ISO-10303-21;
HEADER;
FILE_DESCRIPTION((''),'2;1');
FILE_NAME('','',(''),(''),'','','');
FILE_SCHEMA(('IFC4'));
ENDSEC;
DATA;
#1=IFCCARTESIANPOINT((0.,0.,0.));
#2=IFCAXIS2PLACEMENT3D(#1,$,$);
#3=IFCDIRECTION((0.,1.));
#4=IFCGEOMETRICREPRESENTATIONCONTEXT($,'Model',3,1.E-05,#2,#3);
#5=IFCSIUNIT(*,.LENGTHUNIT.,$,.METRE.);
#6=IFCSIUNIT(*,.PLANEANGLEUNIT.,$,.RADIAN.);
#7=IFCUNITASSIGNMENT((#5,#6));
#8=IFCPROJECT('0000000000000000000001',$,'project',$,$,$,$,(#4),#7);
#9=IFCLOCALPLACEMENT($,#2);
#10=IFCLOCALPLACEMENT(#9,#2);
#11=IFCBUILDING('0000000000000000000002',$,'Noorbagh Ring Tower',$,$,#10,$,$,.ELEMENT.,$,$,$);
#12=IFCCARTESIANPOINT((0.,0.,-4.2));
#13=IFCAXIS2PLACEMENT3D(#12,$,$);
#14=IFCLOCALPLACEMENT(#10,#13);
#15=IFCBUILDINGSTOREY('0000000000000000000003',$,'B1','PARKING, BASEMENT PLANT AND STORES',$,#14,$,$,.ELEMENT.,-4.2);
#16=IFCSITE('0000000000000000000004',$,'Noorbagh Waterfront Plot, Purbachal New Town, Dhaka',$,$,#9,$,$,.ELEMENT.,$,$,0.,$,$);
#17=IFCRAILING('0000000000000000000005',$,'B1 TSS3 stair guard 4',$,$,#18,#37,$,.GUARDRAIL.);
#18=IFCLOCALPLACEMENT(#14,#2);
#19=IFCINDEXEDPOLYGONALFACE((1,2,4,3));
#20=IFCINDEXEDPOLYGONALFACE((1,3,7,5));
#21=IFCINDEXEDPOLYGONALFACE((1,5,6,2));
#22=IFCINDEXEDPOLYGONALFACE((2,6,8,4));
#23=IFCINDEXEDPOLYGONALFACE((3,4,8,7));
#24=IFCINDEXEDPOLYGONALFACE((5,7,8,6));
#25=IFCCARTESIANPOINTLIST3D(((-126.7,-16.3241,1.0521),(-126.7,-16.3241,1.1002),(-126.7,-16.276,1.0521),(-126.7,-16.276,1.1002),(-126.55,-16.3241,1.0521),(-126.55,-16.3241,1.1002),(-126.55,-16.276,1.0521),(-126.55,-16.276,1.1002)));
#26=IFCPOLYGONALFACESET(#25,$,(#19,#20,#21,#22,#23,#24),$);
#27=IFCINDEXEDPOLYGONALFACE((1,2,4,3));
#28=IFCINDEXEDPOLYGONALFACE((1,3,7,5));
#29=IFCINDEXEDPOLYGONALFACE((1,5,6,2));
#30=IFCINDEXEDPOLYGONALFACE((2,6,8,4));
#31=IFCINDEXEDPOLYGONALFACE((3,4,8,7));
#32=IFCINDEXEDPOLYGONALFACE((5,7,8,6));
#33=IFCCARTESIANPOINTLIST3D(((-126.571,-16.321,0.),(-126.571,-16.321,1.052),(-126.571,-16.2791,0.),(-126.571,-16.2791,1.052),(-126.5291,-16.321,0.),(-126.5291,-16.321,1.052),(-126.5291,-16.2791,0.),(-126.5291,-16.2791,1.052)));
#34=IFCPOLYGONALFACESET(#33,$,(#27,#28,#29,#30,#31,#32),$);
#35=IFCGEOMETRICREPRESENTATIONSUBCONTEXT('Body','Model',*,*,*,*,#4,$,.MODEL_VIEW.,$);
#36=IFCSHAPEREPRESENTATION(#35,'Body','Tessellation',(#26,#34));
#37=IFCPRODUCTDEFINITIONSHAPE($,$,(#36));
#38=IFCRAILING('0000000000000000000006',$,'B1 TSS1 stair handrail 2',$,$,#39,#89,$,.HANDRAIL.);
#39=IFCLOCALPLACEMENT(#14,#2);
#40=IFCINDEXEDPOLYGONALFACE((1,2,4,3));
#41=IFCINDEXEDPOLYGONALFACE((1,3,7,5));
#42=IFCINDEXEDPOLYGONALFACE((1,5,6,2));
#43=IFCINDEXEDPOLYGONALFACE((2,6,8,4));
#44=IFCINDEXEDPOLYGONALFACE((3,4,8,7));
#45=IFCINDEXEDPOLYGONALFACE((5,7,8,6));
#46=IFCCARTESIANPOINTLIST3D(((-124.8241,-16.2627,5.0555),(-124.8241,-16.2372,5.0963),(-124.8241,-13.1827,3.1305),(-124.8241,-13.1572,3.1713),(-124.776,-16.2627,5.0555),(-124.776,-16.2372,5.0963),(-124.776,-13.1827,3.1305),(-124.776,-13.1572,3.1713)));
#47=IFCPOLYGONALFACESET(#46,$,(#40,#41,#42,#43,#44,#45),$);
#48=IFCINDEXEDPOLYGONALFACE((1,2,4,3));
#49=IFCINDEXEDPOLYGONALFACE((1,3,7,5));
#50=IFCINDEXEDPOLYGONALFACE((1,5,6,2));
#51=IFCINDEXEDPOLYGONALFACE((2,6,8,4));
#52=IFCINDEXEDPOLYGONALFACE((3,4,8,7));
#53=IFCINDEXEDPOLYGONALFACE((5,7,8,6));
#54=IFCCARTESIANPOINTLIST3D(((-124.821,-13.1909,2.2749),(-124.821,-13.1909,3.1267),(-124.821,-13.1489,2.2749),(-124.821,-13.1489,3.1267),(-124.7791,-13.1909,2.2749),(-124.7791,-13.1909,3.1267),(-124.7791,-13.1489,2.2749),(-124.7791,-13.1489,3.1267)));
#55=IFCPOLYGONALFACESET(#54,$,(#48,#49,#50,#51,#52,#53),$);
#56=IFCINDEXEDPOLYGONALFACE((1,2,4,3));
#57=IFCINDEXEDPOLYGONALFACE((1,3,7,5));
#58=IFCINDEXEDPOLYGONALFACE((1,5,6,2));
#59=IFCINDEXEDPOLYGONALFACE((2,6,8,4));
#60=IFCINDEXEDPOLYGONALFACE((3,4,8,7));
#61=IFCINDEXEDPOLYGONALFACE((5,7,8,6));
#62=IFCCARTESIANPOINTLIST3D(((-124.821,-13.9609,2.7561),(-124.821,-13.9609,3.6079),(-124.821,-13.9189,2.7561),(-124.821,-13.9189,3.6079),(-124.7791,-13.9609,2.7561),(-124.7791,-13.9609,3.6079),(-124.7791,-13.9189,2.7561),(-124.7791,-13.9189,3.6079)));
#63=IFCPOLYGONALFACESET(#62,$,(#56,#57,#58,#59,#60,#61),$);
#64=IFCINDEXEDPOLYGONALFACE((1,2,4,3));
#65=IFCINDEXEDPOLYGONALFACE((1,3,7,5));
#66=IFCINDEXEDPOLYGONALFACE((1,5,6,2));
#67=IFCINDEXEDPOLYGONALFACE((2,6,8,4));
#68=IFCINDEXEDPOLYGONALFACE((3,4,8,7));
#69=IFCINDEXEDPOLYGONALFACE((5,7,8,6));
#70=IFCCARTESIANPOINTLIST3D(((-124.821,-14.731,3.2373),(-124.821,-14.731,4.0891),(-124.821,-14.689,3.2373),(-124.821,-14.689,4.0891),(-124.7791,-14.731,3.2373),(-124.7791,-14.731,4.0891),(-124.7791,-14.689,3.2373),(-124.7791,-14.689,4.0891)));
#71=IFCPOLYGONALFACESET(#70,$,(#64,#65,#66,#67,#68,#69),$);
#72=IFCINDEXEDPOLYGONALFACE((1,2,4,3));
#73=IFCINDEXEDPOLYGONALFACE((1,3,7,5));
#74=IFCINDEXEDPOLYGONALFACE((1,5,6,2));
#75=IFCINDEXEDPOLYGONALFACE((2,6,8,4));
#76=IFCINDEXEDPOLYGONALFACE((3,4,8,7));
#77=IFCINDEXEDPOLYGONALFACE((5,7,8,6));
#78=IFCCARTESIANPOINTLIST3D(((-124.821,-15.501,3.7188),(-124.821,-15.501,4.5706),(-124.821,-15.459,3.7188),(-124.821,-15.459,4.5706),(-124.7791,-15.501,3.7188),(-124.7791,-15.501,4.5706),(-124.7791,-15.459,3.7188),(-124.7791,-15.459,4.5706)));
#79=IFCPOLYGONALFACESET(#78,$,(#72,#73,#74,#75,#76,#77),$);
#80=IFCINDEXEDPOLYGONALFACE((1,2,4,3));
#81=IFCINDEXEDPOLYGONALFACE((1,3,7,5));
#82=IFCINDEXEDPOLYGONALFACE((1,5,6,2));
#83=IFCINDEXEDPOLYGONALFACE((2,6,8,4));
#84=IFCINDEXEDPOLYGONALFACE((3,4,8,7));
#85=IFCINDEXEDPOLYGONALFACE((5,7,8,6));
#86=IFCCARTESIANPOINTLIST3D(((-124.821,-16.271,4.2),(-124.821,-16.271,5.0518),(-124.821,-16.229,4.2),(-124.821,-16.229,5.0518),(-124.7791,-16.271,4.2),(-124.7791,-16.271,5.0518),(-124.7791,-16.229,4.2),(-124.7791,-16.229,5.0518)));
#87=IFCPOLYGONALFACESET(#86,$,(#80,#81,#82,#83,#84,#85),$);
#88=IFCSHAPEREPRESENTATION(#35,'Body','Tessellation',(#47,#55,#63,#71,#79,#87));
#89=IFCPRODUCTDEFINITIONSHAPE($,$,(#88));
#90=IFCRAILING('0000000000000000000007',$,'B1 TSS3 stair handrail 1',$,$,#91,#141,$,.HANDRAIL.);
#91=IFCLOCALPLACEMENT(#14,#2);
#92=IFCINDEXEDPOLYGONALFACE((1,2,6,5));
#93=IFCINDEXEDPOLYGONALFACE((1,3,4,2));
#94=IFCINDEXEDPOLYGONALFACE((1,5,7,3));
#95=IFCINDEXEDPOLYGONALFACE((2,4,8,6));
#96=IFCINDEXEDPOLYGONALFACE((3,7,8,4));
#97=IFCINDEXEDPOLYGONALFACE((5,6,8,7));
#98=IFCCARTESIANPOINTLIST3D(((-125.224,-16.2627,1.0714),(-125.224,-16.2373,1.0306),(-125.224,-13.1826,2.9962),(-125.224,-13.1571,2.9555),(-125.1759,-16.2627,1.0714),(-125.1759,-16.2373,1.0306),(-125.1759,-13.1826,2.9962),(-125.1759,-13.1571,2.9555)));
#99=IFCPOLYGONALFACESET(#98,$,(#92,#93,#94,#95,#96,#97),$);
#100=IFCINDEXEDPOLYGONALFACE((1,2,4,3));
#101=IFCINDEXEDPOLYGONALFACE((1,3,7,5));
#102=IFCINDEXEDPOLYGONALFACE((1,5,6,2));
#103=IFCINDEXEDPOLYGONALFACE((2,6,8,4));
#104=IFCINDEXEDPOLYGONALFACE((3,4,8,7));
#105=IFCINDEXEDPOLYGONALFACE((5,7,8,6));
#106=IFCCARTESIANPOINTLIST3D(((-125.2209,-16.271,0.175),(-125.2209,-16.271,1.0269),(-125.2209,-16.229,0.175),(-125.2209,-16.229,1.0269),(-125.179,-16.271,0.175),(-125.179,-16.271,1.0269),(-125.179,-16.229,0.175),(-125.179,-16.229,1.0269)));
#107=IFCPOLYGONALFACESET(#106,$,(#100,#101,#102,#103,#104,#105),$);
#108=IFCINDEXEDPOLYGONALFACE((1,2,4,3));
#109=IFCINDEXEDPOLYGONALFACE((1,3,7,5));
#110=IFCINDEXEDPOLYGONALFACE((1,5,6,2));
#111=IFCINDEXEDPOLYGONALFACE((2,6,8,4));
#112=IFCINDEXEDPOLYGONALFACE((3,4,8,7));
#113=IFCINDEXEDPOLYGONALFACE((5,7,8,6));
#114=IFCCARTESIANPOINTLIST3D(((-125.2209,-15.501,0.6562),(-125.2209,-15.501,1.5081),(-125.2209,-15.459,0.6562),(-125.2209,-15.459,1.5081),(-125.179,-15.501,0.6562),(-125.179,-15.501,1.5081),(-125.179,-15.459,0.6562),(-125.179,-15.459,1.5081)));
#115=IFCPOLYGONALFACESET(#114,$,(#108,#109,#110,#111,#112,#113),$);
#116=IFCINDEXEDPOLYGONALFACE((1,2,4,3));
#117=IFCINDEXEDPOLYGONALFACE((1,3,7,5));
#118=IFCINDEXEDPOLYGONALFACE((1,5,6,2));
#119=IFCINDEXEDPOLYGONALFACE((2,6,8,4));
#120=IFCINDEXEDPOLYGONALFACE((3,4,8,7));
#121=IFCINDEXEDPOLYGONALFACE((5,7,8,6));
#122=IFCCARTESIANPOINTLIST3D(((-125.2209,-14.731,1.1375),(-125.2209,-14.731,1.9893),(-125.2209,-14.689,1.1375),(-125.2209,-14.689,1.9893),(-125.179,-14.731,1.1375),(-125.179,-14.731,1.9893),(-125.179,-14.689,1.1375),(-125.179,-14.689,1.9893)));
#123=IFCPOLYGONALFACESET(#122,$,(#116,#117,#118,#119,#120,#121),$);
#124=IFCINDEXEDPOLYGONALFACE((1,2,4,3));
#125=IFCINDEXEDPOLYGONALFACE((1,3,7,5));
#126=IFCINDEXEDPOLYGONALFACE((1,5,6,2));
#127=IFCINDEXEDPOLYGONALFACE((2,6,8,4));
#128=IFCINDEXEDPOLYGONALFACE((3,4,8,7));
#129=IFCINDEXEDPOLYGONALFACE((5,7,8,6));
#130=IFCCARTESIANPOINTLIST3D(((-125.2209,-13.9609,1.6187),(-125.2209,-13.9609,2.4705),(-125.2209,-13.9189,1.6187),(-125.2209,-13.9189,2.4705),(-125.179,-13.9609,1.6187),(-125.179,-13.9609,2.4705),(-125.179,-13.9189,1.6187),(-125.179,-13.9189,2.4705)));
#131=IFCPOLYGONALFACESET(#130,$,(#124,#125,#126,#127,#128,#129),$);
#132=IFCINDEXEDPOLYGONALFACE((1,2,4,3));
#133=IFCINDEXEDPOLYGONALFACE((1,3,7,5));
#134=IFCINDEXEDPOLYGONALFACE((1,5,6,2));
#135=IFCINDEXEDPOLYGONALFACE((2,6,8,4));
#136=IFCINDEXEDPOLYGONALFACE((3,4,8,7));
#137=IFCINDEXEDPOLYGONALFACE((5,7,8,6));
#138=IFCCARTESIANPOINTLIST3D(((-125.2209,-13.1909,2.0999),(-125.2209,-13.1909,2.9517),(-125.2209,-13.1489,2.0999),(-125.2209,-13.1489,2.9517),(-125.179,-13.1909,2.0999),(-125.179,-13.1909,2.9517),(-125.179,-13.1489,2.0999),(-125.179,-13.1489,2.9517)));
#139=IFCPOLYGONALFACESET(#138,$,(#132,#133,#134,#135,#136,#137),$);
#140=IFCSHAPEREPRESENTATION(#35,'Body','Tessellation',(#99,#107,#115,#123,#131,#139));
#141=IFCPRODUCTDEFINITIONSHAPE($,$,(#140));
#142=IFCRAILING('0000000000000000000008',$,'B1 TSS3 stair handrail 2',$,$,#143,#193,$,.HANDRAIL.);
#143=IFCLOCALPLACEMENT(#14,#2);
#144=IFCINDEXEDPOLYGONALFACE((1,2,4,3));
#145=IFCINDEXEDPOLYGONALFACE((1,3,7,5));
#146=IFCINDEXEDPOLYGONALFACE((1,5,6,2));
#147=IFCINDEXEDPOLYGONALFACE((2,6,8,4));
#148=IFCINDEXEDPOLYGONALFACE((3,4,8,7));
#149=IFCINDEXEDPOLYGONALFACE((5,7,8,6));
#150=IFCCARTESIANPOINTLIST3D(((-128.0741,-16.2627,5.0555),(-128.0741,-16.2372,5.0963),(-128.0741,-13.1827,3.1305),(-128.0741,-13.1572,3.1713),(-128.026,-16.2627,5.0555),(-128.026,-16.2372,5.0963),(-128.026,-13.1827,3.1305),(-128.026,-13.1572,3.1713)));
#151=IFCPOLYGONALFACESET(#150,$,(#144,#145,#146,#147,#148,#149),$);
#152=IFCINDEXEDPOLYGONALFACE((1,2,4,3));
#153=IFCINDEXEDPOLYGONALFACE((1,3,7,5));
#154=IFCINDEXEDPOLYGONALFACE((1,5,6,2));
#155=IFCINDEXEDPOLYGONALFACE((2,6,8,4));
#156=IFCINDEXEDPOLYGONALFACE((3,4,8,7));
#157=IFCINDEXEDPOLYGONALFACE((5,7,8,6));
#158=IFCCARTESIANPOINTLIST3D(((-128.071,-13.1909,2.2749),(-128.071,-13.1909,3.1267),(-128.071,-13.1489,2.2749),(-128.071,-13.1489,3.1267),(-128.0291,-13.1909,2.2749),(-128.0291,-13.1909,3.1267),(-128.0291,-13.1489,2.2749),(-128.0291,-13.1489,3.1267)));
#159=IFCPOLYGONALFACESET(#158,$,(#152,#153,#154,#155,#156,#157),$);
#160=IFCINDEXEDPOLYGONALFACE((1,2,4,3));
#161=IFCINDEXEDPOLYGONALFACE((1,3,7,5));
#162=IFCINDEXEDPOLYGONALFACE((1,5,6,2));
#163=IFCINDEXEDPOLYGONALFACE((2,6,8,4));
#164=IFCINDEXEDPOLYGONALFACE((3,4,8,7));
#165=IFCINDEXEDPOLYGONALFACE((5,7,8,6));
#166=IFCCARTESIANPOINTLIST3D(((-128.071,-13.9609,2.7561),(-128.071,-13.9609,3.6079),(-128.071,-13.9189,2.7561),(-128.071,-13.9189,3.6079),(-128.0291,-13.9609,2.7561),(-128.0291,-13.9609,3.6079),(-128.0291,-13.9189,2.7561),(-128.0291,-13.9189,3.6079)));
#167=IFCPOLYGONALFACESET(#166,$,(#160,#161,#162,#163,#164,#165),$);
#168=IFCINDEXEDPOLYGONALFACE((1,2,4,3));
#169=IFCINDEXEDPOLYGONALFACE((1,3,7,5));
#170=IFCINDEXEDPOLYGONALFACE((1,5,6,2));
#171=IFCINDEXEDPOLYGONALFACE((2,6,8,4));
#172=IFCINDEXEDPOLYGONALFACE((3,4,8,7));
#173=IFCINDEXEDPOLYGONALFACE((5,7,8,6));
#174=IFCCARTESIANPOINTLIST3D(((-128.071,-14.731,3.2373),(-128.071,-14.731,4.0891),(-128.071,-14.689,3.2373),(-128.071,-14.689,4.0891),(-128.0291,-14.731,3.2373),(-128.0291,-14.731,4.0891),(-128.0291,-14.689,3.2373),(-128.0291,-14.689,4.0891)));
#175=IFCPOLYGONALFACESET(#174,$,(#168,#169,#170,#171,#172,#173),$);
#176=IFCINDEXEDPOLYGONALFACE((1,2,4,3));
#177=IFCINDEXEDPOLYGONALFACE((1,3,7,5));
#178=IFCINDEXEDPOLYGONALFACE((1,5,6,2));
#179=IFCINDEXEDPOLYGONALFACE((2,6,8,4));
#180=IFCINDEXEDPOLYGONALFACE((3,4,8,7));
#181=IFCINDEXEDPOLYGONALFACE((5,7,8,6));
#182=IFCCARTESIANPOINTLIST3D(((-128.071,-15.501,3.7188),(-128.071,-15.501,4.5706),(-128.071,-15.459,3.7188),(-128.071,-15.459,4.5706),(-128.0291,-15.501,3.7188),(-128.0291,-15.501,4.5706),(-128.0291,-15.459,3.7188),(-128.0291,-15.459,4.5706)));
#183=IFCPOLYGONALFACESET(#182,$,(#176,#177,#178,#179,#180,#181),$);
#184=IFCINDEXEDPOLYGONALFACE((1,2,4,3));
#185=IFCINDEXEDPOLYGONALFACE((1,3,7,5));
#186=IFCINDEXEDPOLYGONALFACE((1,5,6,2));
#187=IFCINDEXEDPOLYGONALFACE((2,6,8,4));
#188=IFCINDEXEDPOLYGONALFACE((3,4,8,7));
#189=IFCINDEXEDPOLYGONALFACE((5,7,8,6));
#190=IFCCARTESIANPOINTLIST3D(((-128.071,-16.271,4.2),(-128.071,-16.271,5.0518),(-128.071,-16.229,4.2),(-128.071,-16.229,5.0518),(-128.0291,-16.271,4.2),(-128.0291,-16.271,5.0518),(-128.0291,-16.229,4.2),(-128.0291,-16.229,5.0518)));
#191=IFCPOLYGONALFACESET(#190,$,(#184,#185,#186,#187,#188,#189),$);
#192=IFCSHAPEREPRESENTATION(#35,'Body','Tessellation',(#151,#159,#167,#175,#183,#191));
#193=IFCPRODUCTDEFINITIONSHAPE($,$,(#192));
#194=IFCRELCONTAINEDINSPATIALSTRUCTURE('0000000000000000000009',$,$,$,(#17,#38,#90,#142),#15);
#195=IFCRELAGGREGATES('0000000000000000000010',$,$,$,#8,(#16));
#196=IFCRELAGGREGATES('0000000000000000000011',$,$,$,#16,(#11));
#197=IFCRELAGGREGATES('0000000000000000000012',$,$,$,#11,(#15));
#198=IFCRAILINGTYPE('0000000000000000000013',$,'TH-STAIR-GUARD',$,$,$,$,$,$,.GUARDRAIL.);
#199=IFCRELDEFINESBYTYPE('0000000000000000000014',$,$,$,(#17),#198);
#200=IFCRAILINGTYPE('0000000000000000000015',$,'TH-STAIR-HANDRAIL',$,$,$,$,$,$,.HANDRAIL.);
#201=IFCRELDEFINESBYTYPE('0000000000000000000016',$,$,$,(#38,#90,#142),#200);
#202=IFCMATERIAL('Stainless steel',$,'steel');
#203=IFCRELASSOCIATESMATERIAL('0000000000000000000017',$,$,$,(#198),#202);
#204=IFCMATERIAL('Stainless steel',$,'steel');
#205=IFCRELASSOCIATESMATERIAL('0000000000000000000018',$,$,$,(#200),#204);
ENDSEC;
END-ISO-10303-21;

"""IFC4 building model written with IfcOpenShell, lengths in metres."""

from ifc_helpers import new_model, si_unit, direction, frame, origin, origin_2d, place, context, subcontext, project, spatial, rectangle, extrude, material, type_object, element, save


model = new_model("IFC4")

# Units and contexts
model_context = context("Model", 3, precision=1e-05, world=origin(), true_north=direction((0.0, 1.0)))
body_context = subcontext(model_context, "Body", "Model", "MODEL_VIEW")
ifc_project = project(units=[si_unit("LENGTHUNIT", "METRE"), si_unit("PLANEANGLEUNIT", "RADIAN")], contexts=[model_context])

# Site, building, storey
site_placement = place(None, origin())
site = spatial("IfcSite", under=ifc_project, at=site_placement, Name="Noorbagh Waterfront Plot, Purbachal New Town, Dhaka", CompositionType="ELEMENT", RefElevation=0.0)
building_placement = place(site_placement, origin())
building = spatial("IfcBuilding", under=site, at=building_placement, Name="Noorbagh Ring Tower", CompositionType="ELEMENT")
storey_placement = place(building_placement, frame((0.0, 0.0, -4.2)))
storey = spatial("IfcBuildingStorey", under=building, at=storey_placement, Name="B1", Description="PARKING, BASEMENT PLANT AND STORES", CompositionType="ELEMENT", Elevation=-4.2)

# Railings
ifc_material_1 = material(Name="Stainless steel", Category="steel")
railing_type_1 = type_object("IfcRailingType", Name="TH-STAIR-GUARD", PredefinedType="GUARDRAIL", material=ifc_material_1)
railing_1_placement = place(storey_placement, frame((-126.55, -16.3, 0.0)))
element("IfcRailing", 1, at=railing_1_placement, inside=storey, type_object=railing_type_1, Name="B1 TSS3 stair guard 4", PredefinedType="GUARDRAIL", context=body_context, shape_type="SweptSolid", body=[
    extrude(rectangle(XDim=0.0481, YDim=0.0481, at=origin_2d()), frame((0.0, 0.0, 1.0762), z_axis=(-1.0, 0.0, 0.0), x_axis=(0.0, -1.0, 0.0)), (0.0, 0.0, 1.0), 0.1499),
    extrude(rectangle(XDim=0.042, YDim=0.042, at=origin_2d()), origin(), (0.0, 0.0, 1.0), 1.052),
])
ifc_material_2 = material(Name="Stainless steel", Category="steel")
railing_type_2 = type_object("IfcRailingType", Name="TH-STAIR-HANDRAIL", PredefinedType="HANDRAIL", material=ifc_material_2)
railing_2_placement = place(storey_placement, frame((-124.8, -13.1699, 2.2749)))
element("IfcRailing", 2, at=railing_2_placement, inside=storey, type_object=railing_type_2, Name="B1 TSS1 stair handrail 2", PredefinedType="HANDRAIL", context=body_context, shape_type="SweptSolid", body=[
    extrude(rectangle(XDim=0.0481, YDim=0.0481, at=origin_2d()), frame((0.0, 0.0, 0.876), z_axis=(0.0, -0.847998, 0.529999), x_axis=(1.0, 0.0, 0.0)), (0.0, 0.0, 1.0), 3.6321),
    extrude(rectangle(XDim=0.042, YDim=0.042, at=origin_2d()), origin(), (0.0, 0.0, 1.0), 0.8518),
    extrude(rectangle(XDim=0.042, YDim=0.042, at=origin_2d()), frame((0.0, -0.77, 0.4812)), (0.0, 0.0, 1.0), 0.8518),
    extrude(rectangle(XDim=0.042, YDim=0.042, at=origin_2d()), frame((0.0, -1.54, 0.9624)), (0.0, 0.0, 1.0), 0.8518),
    extrude(rectangle(XDim=0.042, YDim=0.042, at=origin_2d()), frame((0.0, -2.3101, 1.4438)), (0.0, 0.0, 1.0), 0.8518),
    extrude(rectangle(XDim=0.042, YDim=0.042, at=origin_2d()), frame((0.0, -3.0801, 1.925)), (0.0, 0.0, 1.0), 0.8518),
])
railing_3_placement = place(storey_placement, frame((-125.2, -16.25, 0.175)))
element("IfcRailing", 3, at=railing_3_placement, inside=storey, type_object=railing_type_2, Name="B1 TSS3 stair handrail 1", PredefinedType="HANDRAIL", context=body_context, shape_type="SweptSolid", body=[
    extrude(rectangle(XDim=0.0481, YDim=0.0481, at=origin_2d()), frame((0.0, 0.0, 0.876), z_axis=(0.0, 0.848029, 0.529951), x_axis=(-1.0, 0.0, 0.0)), (0.0, 0.0, 1.0), 3.6321),
    extrude(rectangle(XDim=0.042, YDim=0.042, at=origin_2d()), origin(), (0.0, 0.0, 1.0), 0.8518),
    extrude(rectangle(XDim=0.042, YDim=0.042, at=origin_2d()), frame((0.0, 0.77, 0.4812)), (0.0, 0.0, 1.0), 0.8518),
    extrude(rectangle(XDim=0.042, YDim=0.042, at=origin_2d()), frame((0.0, 1.54, 0.9624)), (0.0, 0.0, 1.0), 0.8518),
    extrude(rectangle(XDim=0.042, YDim=0.042, at=origin_2d()), frame((0.0, 2.3101, 1.4436)), (0.0, 0.0, 1.0), 0.8518),
    extrude(rectangle(XDim=0.042, YDim=0.042, at=origin_2d()), frame((0.0, 3.0801, 1.9248)), (0.0, 0.0, 1.0), 0.8518),
])
railing_4_placement = place(storey_placement, frame((-128.05, -13.1699, 2.2749)))
element("IfcRailing", 4, at=railing_4_placement, inside=storey, type_object=railing_type_2, Name="B1 TSS3 stair handrail 2", PredefinedType="HANDRAIL", context=body_context, shape_type="SweptSolid", body=[
    extrude(rectangle(XDim=0.0481, YDim=0.0481, at=origin_2d()), frame((0.0, 0.0, 0.876), z_axis=(0.0, -0.847998, 0.529999), x_axis=(1.0, 0.0, 0.0)), (0.0, 0.0, 1.0), 3.6321),
    extrude(rectangle(XDim=0.042, YDim=0.042, at=origin_2d()), origin(), (0.0, 0.0, 1.0), 0.8518),
    extrude(rectangle(XDim=0.042, YDim=0.042, at=origin_2d()), frame((0.0, -0.77, 0.4812)), (0.0, 0.0, 1.0), 0.8518),
    extrude(rectangle(XDim=0.042, YDim=0.042, at=origin_2d()), frame((0.0, -1.54, 0.9624)), (0.0, 0.0, 1.0), 0.8518),
    extrude(rectangle(XDim=0.042, YDim=0.042, at=origin_2d()), frame((0.0, -2.3101, 1.4438)), (0.0, 0.0, 1.0), 0.8518),
    extrude(rectangle(XDim=0.042, YDim=0.042, at=origin_2d()), frame((0.0, -3.0801, 1.925)), (0.0, 0.0, 1.0), 0.8518),
])

save(model, "model.ifc")
